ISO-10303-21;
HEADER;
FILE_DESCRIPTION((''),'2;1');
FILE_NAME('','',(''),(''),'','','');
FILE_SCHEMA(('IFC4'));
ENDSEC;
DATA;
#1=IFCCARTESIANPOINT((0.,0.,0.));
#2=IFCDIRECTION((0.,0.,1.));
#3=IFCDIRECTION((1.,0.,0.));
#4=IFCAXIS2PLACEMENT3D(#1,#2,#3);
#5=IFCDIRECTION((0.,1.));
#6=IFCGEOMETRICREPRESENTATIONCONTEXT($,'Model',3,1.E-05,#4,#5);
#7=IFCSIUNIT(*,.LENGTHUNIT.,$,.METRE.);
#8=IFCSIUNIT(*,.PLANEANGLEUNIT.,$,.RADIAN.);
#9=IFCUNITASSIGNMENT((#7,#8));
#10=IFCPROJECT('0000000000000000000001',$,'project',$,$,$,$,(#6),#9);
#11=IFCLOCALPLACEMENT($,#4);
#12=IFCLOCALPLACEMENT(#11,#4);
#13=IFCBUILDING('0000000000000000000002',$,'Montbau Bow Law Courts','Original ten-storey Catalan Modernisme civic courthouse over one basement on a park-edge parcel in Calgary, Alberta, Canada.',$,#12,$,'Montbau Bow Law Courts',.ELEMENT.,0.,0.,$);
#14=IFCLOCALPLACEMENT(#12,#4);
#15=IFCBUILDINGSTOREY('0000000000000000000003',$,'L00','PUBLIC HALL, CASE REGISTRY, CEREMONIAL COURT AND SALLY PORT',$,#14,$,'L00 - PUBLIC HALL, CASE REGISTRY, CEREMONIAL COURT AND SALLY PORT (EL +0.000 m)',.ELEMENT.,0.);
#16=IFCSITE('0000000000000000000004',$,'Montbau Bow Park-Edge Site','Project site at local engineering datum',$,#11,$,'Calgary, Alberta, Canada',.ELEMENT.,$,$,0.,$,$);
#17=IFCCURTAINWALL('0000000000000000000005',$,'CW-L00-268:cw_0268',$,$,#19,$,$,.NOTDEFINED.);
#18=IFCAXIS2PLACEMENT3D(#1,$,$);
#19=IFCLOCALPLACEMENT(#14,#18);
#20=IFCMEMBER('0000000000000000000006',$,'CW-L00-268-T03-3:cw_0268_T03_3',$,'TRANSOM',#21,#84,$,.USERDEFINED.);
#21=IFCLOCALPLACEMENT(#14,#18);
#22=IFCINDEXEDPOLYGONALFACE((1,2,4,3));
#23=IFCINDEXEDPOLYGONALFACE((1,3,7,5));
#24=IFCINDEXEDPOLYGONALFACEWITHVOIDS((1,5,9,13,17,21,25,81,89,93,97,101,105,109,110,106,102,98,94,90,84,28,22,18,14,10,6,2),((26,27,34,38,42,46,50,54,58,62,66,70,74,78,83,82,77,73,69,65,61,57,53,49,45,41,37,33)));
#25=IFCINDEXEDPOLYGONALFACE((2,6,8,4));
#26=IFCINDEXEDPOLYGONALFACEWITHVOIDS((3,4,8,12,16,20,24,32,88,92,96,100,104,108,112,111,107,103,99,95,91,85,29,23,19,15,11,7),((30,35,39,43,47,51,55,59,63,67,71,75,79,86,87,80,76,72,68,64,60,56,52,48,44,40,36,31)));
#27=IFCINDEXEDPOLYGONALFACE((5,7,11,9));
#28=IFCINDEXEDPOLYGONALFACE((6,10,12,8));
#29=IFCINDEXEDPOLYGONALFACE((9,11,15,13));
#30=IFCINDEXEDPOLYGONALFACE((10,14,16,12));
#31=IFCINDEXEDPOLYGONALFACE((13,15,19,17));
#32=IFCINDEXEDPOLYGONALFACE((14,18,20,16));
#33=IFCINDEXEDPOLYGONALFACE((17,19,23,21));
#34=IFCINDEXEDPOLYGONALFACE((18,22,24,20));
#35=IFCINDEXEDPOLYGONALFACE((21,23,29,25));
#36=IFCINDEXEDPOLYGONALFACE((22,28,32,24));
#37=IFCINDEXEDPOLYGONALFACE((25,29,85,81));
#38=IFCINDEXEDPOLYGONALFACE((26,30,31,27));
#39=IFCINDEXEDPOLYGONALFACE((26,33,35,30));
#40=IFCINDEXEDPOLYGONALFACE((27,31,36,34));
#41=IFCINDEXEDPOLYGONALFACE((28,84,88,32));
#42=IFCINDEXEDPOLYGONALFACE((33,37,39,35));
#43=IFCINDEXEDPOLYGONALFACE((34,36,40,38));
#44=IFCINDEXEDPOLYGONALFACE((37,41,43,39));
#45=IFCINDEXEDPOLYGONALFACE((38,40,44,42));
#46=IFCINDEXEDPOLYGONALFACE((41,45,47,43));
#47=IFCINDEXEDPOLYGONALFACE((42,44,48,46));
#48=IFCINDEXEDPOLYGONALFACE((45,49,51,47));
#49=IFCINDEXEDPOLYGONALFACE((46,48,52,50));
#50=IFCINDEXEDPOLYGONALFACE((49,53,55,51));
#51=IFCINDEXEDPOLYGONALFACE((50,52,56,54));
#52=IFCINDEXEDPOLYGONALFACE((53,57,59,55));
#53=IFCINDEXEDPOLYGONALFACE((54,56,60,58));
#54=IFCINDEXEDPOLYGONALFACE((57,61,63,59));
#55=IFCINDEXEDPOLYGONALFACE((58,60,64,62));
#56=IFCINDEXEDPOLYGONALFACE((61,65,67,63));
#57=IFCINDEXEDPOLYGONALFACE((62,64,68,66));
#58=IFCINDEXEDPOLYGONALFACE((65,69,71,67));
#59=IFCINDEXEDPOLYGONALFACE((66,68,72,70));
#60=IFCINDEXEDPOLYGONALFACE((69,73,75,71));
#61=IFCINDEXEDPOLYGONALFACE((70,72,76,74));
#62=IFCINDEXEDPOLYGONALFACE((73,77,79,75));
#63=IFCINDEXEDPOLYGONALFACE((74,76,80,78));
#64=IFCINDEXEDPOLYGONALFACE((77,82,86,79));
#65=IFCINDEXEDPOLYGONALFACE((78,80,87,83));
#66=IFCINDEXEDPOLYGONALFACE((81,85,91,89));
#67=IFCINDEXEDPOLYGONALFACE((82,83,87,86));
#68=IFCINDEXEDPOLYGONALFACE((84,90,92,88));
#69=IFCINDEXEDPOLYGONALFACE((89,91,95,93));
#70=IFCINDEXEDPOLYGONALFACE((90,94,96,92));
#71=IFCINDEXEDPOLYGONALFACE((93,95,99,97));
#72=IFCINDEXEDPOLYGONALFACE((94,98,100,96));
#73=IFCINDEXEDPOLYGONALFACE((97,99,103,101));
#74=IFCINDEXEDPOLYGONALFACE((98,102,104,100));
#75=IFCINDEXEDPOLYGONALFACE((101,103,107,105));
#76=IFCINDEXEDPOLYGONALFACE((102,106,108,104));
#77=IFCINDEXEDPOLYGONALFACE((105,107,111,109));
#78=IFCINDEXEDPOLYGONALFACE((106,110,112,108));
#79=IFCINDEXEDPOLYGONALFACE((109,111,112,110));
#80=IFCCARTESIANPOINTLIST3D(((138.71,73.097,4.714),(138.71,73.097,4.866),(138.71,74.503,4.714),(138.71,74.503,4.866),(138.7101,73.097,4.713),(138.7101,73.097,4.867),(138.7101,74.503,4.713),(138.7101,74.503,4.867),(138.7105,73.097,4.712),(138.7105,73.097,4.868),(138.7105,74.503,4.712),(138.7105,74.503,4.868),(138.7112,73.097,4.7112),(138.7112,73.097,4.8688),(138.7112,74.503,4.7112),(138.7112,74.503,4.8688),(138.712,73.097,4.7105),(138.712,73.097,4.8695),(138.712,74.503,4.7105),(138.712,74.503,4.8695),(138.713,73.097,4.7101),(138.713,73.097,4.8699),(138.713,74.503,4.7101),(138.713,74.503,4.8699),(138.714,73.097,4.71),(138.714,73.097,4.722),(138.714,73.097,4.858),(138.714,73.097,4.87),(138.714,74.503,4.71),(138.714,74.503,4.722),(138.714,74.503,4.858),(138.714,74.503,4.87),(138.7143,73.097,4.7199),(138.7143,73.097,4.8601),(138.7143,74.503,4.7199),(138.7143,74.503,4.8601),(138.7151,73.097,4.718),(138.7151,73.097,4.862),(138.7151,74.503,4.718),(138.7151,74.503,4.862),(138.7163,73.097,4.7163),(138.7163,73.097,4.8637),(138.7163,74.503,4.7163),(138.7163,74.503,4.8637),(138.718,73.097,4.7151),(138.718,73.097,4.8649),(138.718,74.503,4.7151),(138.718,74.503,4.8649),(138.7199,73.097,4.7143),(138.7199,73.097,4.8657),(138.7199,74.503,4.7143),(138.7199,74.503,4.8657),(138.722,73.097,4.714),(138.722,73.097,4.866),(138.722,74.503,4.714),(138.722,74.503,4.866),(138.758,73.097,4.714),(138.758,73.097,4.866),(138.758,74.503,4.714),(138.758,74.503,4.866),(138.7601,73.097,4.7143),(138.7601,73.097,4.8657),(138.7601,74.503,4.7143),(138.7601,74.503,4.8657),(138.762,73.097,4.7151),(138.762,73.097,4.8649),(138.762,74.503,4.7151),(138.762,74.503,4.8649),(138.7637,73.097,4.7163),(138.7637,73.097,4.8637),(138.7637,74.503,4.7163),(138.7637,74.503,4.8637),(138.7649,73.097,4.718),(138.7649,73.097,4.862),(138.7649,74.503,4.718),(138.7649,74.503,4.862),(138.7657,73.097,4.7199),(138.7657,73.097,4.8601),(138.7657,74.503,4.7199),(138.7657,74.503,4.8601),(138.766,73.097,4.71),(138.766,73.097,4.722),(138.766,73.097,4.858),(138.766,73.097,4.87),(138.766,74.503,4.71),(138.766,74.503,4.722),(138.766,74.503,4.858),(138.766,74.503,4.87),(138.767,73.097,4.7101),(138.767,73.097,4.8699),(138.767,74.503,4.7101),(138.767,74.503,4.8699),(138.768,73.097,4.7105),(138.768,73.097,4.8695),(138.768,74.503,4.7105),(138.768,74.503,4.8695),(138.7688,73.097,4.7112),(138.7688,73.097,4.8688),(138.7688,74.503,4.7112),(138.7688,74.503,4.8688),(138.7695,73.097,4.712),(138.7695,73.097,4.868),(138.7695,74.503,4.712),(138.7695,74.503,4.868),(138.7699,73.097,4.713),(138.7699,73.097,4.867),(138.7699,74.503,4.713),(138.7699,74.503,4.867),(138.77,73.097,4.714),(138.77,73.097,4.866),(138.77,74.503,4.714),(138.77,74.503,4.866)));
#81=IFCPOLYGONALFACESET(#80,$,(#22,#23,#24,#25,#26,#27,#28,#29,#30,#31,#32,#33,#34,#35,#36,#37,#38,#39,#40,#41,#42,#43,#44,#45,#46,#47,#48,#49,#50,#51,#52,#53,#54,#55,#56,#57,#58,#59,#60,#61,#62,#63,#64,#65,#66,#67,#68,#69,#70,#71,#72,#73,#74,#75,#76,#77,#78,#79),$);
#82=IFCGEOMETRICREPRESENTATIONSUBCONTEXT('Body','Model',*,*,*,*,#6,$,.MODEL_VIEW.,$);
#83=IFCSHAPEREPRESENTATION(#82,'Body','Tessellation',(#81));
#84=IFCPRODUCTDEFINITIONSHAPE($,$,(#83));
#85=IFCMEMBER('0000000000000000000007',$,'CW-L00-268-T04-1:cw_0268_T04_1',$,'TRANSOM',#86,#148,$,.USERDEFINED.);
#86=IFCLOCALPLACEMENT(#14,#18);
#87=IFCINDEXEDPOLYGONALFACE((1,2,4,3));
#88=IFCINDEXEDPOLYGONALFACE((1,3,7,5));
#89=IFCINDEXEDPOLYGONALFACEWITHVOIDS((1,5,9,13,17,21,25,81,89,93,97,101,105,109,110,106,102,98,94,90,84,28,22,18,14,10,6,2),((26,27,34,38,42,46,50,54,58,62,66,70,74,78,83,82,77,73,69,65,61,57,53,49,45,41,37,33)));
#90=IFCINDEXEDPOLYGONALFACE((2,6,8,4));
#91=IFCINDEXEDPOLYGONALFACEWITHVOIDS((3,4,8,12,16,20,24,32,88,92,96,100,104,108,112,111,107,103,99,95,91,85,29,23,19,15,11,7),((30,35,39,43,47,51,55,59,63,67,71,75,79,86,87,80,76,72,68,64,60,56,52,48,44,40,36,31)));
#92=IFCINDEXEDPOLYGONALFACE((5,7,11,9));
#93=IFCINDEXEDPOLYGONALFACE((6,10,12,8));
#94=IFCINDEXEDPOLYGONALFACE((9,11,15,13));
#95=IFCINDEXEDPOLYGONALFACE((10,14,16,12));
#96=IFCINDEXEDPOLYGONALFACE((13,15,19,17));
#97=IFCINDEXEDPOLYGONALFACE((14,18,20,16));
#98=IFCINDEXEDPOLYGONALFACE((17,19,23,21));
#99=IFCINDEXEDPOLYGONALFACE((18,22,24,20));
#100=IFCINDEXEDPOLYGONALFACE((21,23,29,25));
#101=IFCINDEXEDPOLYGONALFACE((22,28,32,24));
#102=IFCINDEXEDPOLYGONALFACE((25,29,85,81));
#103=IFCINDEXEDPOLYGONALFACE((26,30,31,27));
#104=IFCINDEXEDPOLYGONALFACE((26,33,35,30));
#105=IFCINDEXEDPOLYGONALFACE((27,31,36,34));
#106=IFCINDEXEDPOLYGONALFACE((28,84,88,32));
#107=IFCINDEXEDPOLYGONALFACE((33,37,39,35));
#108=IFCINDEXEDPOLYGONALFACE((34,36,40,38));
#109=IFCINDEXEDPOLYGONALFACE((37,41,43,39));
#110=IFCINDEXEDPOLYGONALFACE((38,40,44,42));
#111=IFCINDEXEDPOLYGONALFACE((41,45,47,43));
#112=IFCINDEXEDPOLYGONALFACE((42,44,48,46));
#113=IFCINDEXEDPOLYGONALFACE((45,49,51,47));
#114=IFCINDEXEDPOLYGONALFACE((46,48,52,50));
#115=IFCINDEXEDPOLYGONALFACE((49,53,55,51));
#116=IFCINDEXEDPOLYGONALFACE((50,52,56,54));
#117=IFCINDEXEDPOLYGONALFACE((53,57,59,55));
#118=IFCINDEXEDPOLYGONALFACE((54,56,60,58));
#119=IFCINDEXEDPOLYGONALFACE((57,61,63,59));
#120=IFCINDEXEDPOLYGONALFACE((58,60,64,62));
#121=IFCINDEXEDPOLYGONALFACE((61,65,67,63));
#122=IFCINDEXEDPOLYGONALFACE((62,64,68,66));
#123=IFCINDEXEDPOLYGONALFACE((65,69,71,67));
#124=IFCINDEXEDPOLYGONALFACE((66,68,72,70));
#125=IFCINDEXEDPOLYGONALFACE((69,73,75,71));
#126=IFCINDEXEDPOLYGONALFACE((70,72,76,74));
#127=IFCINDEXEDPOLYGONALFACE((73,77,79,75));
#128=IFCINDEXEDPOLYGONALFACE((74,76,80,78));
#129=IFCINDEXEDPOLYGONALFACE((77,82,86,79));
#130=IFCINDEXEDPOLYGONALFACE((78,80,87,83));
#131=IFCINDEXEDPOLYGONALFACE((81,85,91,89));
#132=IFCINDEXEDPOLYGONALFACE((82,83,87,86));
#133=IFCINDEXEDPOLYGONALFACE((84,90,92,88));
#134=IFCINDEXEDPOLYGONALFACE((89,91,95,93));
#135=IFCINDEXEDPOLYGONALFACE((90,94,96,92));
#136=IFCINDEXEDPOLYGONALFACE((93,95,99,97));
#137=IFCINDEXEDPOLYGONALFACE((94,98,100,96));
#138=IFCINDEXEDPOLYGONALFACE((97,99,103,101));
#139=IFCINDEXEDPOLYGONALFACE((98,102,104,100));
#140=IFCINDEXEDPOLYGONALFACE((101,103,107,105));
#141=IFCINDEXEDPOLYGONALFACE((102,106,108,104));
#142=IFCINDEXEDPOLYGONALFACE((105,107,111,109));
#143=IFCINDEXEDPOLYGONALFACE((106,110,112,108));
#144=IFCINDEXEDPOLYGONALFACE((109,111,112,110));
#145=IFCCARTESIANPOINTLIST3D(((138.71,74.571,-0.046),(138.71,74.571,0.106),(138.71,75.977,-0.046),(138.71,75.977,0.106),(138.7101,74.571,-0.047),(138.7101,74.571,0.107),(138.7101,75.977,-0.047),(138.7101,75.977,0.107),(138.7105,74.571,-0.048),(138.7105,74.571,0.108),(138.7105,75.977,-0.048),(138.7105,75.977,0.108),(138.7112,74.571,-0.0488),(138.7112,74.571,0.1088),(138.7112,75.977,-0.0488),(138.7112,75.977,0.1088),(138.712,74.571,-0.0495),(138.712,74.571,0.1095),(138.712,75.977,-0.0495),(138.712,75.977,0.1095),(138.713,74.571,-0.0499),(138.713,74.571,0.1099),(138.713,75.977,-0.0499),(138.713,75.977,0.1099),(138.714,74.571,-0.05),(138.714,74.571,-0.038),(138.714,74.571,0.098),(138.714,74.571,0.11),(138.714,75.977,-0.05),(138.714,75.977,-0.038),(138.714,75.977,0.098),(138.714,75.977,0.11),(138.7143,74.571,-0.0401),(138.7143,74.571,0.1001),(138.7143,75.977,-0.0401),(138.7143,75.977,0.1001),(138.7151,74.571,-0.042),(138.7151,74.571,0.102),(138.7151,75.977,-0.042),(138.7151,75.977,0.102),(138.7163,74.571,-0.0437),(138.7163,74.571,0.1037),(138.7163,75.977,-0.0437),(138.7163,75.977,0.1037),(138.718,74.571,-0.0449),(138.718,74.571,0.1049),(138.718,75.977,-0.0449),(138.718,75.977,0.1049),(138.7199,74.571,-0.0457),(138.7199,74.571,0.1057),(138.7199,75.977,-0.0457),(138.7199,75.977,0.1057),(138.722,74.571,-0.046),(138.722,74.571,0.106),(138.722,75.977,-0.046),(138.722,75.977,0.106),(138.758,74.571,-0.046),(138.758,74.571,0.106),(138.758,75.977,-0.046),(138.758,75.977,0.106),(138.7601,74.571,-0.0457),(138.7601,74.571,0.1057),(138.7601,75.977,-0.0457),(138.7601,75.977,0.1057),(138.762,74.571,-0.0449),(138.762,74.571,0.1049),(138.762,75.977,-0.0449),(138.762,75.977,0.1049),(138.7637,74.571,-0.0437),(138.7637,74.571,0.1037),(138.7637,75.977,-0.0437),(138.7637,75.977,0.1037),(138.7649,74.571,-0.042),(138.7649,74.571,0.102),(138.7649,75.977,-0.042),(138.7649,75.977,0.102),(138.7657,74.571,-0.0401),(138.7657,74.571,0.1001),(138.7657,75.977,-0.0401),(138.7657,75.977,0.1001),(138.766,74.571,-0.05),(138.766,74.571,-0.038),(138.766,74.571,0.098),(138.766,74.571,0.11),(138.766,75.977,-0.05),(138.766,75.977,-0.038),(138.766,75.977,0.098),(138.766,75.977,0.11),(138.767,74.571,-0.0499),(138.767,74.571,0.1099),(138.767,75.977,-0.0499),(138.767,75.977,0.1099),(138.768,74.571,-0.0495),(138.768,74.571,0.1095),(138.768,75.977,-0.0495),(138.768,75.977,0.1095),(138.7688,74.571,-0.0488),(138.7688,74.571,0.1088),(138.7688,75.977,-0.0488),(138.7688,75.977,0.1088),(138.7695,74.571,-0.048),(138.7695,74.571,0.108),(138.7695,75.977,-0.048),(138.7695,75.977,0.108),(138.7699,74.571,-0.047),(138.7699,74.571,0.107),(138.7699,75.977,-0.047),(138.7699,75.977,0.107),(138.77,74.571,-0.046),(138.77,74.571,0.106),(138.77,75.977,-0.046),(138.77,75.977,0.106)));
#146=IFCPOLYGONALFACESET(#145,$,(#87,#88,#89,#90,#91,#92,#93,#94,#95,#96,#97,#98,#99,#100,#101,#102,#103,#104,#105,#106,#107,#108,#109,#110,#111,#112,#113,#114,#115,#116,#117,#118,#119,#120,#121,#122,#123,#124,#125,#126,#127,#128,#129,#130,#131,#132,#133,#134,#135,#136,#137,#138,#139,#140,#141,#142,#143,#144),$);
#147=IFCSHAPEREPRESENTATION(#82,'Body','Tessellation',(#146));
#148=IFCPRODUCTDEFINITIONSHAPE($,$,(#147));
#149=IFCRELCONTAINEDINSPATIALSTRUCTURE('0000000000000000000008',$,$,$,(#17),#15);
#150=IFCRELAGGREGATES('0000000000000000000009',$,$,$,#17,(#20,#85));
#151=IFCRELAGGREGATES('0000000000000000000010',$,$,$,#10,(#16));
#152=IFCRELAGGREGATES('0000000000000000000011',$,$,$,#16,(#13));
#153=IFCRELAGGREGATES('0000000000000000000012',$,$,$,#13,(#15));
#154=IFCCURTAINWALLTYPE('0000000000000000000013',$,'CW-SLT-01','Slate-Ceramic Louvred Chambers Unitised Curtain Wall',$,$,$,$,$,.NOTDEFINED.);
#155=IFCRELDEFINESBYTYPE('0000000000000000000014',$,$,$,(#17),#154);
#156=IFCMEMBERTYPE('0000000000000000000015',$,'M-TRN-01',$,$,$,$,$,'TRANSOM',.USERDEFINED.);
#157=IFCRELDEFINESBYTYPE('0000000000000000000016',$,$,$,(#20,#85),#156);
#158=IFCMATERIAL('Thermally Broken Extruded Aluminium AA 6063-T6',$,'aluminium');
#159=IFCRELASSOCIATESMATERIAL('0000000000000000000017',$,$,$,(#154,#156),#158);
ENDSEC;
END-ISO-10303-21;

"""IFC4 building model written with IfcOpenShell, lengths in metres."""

from ifc_helpers import new_model, si_unit, direction, frame, origin_with_axes, origin_2d_with_axis, place, context, subcontext, project, spatial, hollow_rectangle, extrude, material, material_profile, profile_set, type_object, element, aggregate, save


model = new_model("IFC4")

# Units and contexts
model_context = context("Model", 3, precision=1e-05, world=origin_with_axes(), true_north=direction((0.0, 1.0)))
body_context = subcontext(model_context, "Body", "Model", "MODEL_VIEW")
ifc_project = project(units=[si_unit("LENGTHUNIT", "METRE"), si_unit("PLANEANGLEUNIT", "RADIAN")], contexts=[model_context])

# Site, building, storey
site_placement = place(None, origin_with_axes())
site = spatial("IfcSite", under=ifc_project, at=site_placement, Name="Montbau Bow Park-Edge Site", Description="Project site at local engineering datum", LongName="Calgary, Alberta, Canada", CompositionType="ELEMENT", RefElevation=0.0)
building_placement = place(site_placement, origin_with_axes())
building = spatial("IfcBuilding", under=site, at=building_placement, Name="Montbau Bow Law Courts", Description="Original ten-storey Catalan Modernisme civic courthouse over one basement on a park-edge parcel in Calgary, Alberta, Canada.", LongName="Montbau Bow Law Courts", CompositionType="ELEMENT", ElevationOfRefHeight=0.0, ElevationOfTerrain=0.0)
storey_placement = place(building_placement, origin_with_axes())
storey = spatial("IfcBuildingStorey", under=building, at=storey_placement, Name="L00", Description="PUBLIC HALL, CASE REGISTRY, CEREMONIAL COURT AND SALLY PORT", LongName="L00 - PUBLIC HALL, CASE REGISTRY, CEREMONIAL COURT AND SALLY PORT (EL +0.000 m)", CompositionType="ELEMENT", Elevation=0.0)

# Curtain wall, members
ifc_material_1 = material(Name="Thermally Broken Extruded Aluminium AA 6063-T6", Category="aluminium")
curtain_wall_type = type_object("IfcCurtainWallType", Name="CW-SLT-01", Description="Slate-Ceramic Louvred Chambers Unitised Curtain Wall", PredefinedType="NOTDEFINED", material=ifc_material_1)
curtain_wall_placement = place(None, frame((138.74, 70.115, 0.0), z_axis=(0.0, 0.0, 1.0), x_axis=(1.0, 0.0, 0.0)))
curtain_wall = element("IfcCurtainWall", 1, at=curtain_wall_placement, inside=storey, type_object=curtain_wall_type, Name="CW-L00-268:cw_0268", PredefinedType="NOTDEFINED")
ifc_material_profile_1 = material_profile(ifc_material_1, hollow_rectangle(XDim=0.06, YDim=0.16, WallThickness=0.004, InnerFilletRadius=0.008, OuterFilletRadius=0.004, at=origin_2d_with_axis()), Name="CWT-160X60", Category="Main", Priority=0)
ifc_profile_set_1 = profile_set([ifc_material_profile_1], Name="Thermally Broken Extruded Aluminium AA 6063-T6")
member_type_1 = type_object("IfcMemberType", Name="M-TRN-01", ElementType="TRANSOM", PredefinedType="USERDEFINED", material=ifc_profile_set_1)
member_1_placement = place(None, frame((138.74, 73.097, 4.79), z_axis=(0.0, 1.0, 0.0), x_axis=(-1.0, 0.0, 0.0)))
member_1 = element("IfcMember", 2, at=member_1_placement, type_object=member_type_1, Name="CW-L00-268-T03-3:cw_0268_T03_3", ObjectType="TRANSOM", PredefinedType="USERDEFINED", context=body_context, shape_type="SweptSolid", body=[
    extrude(hollow_rectangle(XDim=0.06, YDim=0.16, WallThickness=0.004, InnerFilletRadius=0.008, OuterFilletRadius=0.004, at=origin_2d_with_axis()), origin_with_axes(), (0.0, 0.0, 1.0), 1.406),
])
member_2_placement = place(None, frame((138.74, 74.571, 0.03), z_axis=(0.0, 1.0, 0.0), x_axis=(-1.0, 0.0, 0.0)))
member_2 = element("IfcMember", 3, at=member_2_placement, type_object=member_type_1, Name="CW-L00-268-T04-1:cw_0268_T04_1", ObjectType="TRANSOM", PredefinedType="USERDEFINED", context=body_context, shape_type="SweptSolid", body=[
    extrude(hollow_rectangle(XDim=0.06, YDim=0.16, WallThickness=0.004, InnerFilletRadius=0.008, OuterFilletRadius=0.004, at=origin_2d_with_axis()), origin_with_axes(), (0.0, 0.0, 1.0), 1.406),
])
aggregate(curtain_wall, [member_1, member_2])

save(model, "model.ifc")
